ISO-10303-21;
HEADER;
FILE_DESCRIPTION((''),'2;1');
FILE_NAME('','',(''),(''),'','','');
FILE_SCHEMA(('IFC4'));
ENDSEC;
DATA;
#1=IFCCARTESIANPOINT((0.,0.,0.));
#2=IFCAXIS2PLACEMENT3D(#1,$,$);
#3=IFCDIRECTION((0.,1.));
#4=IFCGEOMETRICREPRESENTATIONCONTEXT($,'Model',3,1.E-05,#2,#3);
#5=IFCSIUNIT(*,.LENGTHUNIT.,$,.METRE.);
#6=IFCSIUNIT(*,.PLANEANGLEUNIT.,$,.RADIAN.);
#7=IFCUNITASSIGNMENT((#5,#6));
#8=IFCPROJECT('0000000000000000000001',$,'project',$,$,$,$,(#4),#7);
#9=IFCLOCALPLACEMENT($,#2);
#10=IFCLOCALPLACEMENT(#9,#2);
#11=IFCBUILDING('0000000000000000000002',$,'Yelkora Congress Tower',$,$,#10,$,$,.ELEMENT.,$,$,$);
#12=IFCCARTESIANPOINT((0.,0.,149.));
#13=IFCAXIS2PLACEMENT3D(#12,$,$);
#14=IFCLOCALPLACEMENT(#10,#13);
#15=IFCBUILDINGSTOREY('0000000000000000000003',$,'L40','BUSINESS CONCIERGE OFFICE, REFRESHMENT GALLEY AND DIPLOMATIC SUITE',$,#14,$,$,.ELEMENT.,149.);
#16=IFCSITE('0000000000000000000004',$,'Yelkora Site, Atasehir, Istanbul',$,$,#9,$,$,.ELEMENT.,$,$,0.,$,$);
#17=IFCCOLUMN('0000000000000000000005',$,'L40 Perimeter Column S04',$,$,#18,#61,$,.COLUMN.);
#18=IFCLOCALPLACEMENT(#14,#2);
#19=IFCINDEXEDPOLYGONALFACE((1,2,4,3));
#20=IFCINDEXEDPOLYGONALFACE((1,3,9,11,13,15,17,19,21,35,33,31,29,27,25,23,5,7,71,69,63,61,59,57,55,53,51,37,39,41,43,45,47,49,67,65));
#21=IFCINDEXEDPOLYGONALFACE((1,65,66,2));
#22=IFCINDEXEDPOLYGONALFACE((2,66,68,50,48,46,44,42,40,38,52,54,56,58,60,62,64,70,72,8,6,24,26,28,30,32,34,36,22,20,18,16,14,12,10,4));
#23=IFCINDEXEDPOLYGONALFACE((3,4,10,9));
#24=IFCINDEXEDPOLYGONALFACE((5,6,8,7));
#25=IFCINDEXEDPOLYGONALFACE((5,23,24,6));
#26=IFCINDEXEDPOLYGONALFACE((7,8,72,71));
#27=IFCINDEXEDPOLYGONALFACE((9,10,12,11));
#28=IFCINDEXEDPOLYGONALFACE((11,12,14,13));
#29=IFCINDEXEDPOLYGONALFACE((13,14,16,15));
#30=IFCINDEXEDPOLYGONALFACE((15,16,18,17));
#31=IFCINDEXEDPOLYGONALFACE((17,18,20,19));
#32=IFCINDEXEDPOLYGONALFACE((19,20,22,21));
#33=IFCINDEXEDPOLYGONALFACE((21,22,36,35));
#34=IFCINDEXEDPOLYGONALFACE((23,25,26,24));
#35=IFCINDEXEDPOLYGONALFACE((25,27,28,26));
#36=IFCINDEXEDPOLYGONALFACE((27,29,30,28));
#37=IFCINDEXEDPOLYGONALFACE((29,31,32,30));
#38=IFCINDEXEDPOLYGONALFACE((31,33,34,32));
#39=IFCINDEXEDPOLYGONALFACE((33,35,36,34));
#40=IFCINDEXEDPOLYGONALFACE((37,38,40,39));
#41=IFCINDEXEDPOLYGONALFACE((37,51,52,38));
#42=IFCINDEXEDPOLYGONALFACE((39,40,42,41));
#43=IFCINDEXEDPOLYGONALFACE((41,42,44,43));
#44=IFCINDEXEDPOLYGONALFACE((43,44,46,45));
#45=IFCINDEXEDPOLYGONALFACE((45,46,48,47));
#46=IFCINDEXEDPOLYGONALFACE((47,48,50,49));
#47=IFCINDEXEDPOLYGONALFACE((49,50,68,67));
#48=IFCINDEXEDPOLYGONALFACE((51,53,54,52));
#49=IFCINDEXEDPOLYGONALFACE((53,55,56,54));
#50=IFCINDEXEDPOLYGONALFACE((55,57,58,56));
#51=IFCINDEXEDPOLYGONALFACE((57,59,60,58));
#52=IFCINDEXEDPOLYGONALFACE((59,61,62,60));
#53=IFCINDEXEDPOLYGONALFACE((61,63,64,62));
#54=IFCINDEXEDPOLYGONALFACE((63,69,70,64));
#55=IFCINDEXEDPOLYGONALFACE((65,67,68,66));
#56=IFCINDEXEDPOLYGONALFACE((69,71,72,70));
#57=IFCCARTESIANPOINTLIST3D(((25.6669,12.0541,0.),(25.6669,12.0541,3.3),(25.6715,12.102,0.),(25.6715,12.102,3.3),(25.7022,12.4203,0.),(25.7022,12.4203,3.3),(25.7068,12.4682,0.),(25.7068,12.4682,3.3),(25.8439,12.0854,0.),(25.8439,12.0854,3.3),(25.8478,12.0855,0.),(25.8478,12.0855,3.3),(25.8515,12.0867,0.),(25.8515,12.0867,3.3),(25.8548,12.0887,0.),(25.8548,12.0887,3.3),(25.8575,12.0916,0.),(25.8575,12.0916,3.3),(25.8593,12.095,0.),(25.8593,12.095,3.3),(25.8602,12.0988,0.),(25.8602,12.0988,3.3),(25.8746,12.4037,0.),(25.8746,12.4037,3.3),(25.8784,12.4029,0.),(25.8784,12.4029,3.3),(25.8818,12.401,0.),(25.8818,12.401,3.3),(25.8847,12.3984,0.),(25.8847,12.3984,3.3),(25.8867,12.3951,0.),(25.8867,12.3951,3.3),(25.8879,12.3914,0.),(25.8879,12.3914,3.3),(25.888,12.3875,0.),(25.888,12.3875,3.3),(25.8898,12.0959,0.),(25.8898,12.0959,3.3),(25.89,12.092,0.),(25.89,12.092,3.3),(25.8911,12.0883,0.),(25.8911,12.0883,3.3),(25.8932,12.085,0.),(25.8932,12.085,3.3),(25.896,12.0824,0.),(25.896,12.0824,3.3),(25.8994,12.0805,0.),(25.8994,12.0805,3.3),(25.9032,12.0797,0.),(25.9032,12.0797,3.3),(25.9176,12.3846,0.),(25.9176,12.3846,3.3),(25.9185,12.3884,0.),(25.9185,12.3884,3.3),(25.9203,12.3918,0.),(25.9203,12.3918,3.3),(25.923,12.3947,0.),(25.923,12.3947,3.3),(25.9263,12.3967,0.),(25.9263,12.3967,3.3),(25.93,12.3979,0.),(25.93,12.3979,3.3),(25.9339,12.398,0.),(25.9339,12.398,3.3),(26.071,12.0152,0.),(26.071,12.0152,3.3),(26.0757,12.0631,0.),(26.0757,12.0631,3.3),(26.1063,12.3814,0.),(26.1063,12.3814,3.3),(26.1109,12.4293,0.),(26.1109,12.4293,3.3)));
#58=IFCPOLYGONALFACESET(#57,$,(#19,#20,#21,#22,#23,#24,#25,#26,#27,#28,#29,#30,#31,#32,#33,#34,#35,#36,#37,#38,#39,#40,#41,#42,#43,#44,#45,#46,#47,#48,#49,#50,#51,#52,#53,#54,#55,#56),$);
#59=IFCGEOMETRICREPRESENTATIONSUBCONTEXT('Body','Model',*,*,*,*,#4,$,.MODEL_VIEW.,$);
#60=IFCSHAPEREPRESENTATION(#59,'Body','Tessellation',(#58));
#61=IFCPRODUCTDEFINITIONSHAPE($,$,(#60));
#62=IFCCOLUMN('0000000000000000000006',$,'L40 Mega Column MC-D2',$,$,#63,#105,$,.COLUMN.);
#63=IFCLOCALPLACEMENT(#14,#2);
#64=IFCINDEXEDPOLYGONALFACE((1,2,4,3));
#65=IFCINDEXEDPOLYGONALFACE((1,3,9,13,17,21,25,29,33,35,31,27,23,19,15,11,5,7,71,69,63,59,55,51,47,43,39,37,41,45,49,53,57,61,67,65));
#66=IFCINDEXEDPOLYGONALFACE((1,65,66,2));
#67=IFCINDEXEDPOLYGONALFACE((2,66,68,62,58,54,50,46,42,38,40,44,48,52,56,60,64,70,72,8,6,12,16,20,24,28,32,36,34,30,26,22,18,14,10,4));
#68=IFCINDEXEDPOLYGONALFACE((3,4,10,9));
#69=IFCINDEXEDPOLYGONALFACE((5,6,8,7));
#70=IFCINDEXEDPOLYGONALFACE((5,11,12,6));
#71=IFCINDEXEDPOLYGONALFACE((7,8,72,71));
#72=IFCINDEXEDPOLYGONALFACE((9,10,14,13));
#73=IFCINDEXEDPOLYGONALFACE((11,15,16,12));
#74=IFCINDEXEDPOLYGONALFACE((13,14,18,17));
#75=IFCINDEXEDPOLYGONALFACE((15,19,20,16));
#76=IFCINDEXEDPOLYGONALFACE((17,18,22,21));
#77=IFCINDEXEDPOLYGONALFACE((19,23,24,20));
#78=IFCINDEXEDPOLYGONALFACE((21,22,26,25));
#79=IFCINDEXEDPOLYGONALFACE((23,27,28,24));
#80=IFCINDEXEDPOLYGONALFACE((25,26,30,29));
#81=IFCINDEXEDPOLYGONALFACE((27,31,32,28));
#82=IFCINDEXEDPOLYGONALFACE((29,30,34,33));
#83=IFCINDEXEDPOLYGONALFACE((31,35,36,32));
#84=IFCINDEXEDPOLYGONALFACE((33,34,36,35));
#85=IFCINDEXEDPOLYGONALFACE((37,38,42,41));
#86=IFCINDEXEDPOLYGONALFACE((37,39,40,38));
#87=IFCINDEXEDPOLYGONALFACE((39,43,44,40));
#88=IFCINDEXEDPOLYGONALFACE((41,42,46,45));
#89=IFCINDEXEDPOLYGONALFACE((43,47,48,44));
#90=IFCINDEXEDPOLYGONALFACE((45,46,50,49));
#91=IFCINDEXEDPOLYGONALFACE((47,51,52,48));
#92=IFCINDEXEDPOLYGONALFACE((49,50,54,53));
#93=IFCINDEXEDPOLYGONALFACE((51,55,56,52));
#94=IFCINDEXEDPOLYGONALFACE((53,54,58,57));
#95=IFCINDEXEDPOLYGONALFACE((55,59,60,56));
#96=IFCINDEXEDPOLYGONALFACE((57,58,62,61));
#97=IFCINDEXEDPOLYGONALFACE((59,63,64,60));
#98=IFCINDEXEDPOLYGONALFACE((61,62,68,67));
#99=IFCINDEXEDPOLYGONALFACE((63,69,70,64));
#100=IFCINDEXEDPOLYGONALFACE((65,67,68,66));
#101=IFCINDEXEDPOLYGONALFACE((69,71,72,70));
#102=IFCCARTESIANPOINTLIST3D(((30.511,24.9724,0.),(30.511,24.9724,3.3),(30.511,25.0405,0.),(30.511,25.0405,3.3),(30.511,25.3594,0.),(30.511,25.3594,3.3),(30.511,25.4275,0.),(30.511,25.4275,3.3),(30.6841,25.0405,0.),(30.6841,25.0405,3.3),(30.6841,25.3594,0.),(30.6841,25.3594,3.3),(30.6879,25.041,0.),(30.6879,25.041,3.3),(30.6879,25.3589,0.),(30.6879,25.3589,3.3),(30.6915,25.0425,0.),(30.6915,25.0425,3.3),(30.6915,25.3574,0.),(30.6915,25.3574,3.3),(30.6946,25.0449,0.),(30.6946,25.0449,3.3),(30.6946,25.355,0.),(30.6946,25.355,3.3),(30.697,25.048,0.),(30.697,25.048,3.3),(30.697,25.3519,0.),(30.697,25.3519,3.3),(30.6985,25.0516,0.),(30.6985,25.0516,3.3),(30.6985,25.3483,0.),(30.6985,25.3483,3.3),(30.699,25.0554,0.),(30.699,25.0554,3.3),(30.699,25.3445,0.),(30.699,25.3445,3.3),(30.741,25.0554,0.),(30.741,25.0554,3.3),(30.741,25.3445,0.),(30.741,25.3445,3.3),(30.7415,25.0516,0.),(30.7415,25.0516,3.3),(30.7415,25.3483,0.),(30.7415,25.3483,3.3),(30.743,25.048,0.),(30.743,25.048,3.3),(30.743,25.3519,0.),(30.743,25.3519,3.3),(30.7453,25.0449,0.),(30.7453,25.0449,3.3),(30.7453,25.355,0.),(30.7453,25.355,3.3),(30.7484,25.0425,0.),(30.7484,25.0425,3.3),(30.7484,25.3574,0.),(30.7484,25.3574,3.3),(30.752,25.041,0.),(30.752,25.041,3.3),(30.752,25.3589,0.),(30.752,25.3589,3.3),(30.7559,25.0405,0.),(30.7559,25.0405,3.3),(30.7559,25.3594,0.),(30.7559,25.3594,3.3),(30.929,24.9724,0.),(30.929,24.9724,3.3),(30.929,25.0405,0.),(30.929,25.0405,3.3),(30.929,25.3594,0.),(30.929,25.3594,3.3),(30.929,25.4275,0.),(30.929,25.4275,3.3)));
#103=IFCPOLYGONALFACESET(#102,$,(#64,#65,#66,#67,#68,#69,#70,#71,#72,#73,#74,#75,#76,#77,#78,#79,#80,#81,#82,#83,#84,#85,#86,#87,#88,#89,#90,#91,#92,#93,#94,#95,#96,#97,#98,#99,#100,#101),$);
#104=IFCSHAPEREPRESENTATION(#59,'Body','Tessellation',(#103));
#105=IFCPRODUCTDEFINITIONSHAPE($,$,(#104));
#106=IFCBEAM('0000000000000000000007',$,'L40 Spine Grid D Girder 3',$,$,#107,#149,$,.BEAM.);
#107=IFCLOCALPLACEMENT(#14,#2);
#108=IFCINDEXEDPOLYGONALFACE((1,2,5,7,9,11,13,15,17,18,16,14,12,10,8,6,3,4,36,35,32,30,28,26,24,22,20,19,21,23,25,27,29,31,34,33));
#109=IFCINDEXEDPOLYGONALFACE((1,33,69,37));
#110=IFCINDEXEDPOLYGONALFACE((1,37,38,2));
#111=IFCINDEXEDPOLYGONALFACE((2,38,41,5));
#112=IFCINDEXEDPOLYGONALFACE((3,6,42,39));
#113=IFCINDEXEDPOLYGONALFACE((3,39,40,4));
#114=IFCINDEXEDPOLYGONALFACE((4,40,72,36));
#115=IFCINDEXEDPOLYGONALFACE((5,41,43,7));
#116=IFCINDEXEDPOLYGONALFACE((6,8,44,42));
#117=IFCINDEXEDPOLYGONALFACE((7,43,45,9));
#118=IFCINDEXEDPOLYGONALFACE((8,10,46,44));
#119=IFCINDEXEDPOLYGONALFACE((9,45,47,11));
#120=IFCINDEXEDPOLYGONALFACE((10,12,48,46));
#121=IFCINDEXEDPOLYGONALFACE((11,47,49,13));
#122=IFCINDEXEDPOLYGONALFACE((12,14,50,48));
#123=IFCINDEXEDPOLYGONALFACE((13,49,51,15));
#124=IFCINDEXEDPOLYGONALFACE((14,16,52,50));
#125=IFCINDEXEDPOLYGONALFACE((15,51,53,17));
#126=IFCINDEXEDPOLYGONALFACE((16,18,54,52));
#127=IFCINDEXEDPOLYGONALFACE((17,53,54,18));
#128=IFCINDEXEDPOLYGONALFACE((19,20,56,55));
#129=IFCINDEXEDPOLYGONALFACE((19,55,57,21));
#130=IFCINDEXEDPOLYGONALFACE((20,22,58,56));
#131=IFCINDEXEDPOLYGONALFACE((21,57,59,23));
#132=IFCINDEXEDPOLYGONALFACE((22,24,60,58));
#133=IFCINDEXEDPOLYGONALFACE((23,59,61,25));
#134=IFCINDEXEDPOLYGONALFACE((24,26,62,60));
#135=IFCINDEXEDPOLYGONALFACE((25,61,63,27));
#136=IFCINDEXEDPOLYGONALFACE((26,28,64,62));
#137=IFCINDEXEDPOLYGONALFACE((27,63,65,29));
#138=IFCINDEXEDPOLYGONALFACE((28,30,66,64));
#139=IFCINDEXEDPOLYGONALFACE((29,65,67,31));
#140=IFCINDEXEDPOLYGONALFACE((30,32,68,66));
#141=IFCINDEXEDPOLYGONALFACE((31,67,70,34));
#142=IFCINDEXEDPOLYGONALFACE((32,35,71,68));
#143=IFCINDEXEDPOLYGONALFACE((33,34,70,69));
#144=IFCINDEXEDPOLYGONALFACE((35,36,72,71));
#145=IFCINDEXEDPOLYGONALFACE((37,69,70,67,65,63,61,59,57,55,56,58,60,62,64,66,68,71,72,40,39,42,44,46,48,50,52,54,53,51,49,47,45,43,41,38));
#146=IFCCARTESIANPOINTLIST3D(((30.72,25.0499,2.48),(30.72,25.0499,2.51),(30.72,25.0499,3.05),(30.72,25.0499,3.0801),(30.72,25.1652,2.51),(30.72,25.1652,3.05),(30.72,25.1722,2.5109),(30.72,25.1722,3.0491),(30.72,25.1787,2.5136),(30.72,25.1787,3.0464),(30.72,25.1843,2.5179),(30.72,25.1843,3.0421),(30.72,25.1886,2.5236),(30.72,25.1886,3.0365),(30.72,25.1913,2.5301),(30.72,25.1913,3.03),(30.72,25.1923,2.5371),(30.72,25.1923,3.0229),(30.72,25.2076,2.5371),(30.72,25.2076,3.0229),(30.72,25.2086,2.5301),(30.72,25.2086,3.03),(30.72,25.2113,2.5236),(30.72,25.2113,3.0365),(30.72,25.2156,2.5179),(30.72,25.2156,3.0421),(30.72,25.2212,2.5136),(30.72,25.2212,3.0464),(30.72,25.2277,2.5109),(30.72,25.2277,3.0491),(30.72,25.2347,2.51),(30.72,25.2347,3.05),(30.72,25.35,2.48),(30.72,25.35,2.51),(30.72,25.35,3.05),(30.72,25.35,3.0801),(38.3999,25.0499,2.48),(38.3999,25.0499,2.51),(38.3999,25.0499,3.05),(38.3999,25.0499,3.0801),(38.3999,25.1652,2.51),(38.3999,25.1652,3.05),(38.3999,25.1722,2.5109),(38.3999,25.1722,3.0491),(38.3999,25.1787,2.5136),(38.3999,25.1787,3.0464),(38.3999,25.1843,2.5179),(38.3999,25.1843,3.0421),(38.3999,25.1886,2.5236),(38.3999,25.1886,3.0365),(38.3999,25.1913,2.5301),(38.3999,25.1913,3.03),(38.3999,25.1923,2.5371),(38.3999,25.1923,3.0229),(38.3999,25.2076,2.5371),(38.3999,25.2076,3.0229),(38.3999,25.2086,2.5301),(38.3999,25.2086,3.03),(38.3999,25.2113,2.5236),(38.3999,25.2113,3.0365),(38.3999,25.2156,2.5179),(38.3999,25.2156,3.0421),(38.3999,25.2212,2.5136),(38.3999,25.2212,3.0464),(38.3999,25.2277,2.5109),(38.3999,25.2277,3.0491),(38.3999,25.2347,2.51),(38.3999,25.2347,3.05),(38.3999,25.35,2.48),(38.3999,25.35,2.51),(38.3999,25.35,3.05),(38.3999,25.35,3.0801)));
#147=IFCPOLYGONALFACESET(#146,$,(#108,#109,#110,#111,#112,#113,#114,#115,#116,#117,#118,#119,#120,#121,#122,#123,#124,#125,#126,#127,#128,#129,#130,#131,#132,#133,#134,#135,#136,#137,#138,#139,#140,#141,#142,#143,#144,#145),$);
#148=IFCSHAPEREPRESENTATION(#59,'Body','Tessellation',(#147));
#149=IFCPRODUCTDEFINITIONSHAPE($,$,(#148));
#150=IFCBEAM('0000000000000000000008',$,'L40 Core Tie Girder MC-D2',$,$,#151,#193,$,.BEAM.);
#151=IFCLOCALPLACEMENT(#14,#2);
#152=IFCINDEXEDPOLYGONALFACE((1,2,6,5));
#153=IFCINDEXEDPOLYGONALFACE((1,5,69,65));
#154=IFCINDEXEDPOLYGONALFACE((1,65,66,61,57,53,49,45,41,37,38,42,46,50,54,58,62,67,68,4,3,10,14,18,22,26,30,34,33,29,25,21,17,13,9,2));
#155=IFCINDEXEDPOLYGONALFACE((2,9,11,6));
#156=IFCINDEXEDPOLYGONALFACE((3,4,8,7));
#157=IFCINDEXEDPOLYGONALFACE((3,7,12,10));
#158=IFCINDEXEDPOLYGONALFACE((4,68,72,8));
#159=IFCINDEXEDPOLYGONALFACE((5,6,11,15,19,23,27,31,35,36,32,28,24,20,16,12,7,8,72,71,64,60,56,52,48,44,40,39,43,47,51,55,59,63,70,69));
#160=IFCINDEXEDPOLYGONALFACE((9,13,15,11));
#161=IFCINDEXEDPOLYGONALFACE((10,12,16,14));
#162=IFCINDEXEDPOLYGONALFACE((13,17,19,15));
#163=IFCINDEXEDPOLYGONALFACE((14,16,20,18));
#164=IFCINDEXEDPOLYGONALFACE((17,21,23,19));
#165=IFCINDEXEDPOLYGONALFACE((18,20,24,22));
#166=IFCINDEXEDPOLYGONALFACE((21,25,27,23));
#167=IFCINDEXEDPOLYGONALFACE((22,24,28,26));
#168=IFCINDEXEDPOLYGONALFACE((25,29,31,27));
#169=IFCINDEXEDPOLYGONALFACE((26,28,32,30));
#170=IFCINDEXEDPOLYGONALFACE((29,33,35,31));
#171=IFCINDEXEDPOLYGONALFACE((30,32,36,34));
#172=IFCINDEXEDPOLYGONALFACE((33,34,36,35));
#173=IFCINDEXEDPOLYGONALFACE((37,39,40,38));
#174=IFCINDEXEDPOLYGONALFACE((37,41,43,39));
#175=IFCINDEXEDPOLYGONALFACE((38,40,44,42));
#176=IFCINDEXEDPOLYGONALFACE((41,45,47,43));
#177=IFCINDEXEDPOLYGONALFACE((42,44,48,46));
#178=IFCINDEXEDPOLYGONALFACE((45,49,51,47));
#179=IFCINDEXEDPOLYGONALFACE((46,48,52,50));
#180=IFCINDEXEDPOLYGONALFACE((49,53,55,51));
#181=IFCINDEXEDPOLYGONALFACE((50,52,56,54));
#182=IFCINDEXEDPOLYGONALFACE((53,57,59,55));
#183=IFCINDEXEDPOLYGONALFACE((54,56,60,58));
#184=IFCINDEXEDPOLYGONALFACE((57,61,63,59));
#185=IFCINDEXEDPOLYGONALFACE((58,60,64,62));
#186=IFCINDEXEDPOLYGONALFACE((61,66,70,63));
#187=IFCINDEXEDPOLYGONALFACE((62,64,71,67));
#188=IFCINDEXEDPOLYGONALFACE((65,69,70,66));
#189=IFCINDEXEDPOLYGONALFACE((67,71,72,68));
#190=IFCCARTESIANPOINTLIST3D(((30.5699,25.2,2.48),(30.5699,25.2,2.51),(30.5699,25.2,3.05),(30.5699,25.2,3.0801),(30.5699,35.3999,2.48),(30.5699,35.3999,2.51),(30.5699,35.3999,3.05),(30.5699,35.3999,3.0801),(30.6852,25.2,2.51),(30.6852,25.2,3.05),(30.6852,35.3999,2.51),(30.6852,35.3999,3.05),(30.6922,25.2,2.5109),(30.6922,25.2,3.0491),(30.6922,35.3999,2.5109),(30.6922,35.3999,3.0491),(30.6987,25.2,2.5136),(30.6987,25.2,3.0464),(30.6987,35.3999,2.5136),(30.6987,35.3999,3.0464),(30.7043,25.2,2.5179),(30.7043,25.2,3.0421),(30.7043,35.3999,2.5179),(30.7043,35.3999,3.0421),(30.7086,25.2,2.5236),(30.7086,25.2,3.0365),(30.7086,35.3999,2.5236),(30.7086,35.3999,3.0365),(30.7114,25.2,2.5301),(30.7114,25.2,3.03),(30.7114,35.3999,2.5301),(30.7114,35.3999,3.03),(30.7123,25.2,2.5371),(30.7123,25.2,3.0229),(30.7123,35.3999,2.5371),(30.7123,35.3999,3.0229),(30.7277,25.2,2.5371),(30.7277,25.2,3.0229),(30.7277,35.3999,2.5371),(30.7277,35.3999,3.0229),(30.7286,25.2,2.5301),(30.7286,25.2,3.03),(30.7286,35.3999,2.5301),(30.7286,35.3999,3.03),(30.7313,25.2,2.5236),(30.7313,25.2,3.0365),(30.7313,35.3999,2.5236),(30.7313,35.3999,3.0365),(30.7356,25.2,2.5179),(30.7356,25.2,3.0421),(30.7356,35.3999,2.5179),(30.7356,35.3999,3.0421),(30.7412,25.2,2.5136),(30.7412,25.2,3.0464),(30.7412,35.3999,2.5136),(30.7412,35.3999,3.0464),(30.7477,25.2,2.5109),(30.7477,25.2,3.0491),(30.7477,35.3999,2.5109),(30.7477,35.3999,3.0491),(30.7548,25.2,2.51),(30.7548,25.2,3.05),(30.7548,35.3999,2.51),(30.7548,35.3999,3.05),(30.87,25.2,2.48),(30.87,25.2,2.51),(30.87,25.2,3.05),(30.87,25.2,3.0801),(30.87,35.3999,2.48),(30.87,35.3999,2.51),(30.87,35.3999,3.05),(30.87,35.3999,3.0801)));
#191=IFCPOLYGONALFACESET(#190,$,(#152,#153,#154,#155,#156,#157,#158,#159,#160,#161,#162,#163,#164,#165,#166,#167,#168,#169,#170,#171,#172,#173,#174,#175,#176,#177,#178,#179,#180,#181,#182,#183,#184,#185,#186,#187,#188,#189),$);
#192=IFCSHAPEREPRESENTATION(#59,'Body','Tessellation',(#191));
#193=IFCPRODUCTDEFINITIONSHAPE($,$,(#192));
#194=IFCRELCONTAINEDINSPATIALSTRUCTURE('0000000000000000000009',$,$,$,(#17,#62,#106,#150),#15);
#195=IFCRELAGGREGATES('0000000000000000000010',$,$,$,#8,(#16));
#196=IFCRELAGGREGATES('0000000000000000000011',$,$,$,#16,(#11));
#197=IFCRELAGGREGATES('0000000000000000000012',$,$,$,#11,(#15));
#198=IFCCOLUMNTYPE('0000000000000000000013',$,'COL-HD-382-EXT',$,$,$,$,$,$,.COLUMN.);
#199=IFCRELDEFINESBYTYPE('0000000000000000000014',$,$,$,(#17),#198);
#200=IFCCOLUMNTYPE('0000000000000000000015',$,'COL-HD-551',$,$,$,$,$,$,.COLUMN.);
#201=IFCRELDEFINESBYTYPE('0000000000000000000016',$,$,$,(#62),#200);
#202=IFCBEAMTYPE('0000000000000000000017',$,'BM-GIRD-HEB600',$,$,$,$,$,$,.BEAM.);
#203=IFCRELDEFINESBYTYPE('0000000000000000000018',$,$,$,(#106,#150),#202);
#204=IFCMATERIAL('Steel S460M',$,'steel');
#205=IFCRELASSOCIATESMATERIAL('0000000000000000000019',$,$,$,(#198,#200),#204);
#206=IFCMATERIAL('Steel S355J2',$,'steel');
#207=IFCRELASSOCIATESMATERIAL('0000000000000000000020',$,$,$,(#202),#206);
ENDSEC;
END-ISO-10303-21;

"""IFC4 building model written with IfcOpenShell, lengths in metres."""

from ifc_helpers import new_model, si_unit, direction, frame, origin, origin_2d, place, context, subcontext, project, spatial, i_section, extrude, material, material_profile, profile_set, type_object, element, save


model = new_model("IFC4")

# Units and contexts
model_context = context("Model", 3, precision=1e-05, world=origin(), true_north=direction((0.0, 1.0)))
body_context = subcontext(model_context, "Body", "Model", "MODEL_VIEW")
ifc_project = project(units=[si_unit("LENGTHUNIT", "METRE"), si_unit("PLANEANGLEUNIT", "RADIAN")], contexts=[model_context])

# Site, building, storey
site_placement = place(None, origin())
site = spatial("IfcSite", under=ifc_project, at=site_placement, Name="Yelkora Site, Atasehir, Istanbul", CompositionType="ELEMENT", RefElevation=0.0)
building_placement = place(site_placement, origin())
building = spatial("IfcBuilding", under=site, at=building_placement, Name="Yelkora Congress Tower", CompositionType="ELEMENT")
storey_placement = place(building_placement, frame((0.0, 0.0, 149.0)))
storey = spatial("IfcBuildingStorey", under=building, at=storey_placement, Name="L40", Description="BUSINESS CONCIERGE OFFICE, REFRESHMENT GALLEY AND DIPLOMATIC SUITE", CompositionType="ELEMENT", Elevation=149.0)

# Columns
ifc_material_1 = material(Name="Steel S460M", Category="steel")
ifc_material_profile_1 = material_profile(ifc_material_1, i_section(OverallWidth=0.406, OverallDepth=0.416, WebThickness=0.0298, FlangeThickness=0.0481, FilletRadius=0.0149, at=origin_2d()), Name="HD 400x382")
ifc_profile_set_1 = profile_set([ifc_material_profile_1], Name="Steel S460M")
column_type_1 = type_object("IfcColumnType", Name="COL-HD-382-EXT", PredefinedType="COLUMN", material=ifc_profile_set_1)
column_1_placement = place(storey_placement, frame((25.8889, 12.2417, 0.0), z_axis=(0.0, 0.0, 1.0), x_axis=(0.995396, -0.095846, 0.0)))
element("IfcColumn", 1, at=column_1_placement, inside=storey, type_object=column_type_1, Name="L40 Perimeter Column S04", PredefinedType="COLUMN", context=body_context, shape_type="SweptSolid", body=[
    extrude(i_section(OverallWidth=0.406, OverallDepth=0.416, WebThickness=0.0298, FlangeThickness=0.0481, FilletRadius=0.0149, at=origin_2d()), origin(), (0.0, 0.0, 1.0), 3.3),
])
ifc_material_profile_2 = material_profile(ifc_material_1, i_section(OverallWidth=0.418, OverallDepth=0.4551, WebThickness=0.042, FlangeThickness=0.0681, FilletRadius=0.0149, at=origin_2d()), Name="HD 400x551")
ifc_profile_set_2 = profile_set([ifc_material_profile_2], Name="Steel S460M")
column_type_2 = type_object("IfcColumnType", Name="COL-HD-551", PredefinedType="COLUMN", material=ifc_profile_set_2)
column_2_placement = place(storey_placement, frame((30.72, 25.2, 0.0), z_axis=(0.0, 0.0, 1.0), x_axis=(1.0, 0.0, 0.0)))
element("IfcColumn", 2, at=column_2_placement, inside=storey, type_object=column_type_2, Name="L40 Mega Column MC-D2", PredefinedType="COLUMN", context=body_context, shape_type="SweptSolid", body=[
    extrude(i_section(OverallWidth=0.418, OverallDepth=0.4551, WebThickness=0.042, FlangeThickness=0.0681, FilletRadius=0.0149, at=origin_2d()), origin(), (0.0, 0.0, 1.0), 3.3),
])

# Beams
ifc_material_2 = material(Name="Steel S355J2", Category="steel")
ifc_material_profile_3 = material_profile(ifc_material_2, i_section(OverallWidth=0.3, OverallDepth=0.6001, WebThickness=0.0154, FlangeThickness=0.03, FilletRadius=0.0271, at=origin_2d()), Name="HEB 600")
ifc_profile_set_3 = profile_set([ifc_material_profile_3], Name="Steel S355J2")
beam_type_1 = type_object("IfcBeamType", Name="BM-GIRD-HEB600", PredefinedType="BEAM", material=ifc_profile_set_3)
beam_1_placement = place(storey_placement, frame((30.72, 25.2, 2.78), z_axis=(1.0, 0.0, 0.0), x_axis=(0.0, 1.0, 0.0)))
element("IfcBeam", 3, at=beam_1_placement, inside=storey, type_object=beam_type_1, Name="L40 Spine Grid D Girder 3", PredefinedType="BEAM", context=body_context, shape_type="SweptSolid", body=[
    extrude(i_section(OverallWidth=0.3, OverallDepth=0.6001, WebThickness=0.0154, FlangeThickness=0.03, FilletRadius=0.0271, at=origin_2d()), origin(), (0.0, 0.0, 1.0), 7.6799),
])
beam_2_placement = place(storey_placement, frame((30.72, 25.2, 2.78), z_axis=(0.0, 1.0, 0.0), x_axis=(-1.0, 0.0, 0.0)))
element("IfcBeam", 4, at=beam_2_placement, inside=storey, type_object=beam_type_1, Name="L40 Core Tie Girder MC-D2", PredefinedType="BEAM", context=body_context, shape_type="SweptSolid", body=[
    extrude(i_section(OverallWidth=0.3, OverallDepth=0.6001, WebThickness=0.0154, FlangeThickness=0.03, FilletRadius=0.0271, at=origin_2d()), origin(), (0.0, 0.0, 1.0), 10.2),
])

save(model, "model.ifc")
